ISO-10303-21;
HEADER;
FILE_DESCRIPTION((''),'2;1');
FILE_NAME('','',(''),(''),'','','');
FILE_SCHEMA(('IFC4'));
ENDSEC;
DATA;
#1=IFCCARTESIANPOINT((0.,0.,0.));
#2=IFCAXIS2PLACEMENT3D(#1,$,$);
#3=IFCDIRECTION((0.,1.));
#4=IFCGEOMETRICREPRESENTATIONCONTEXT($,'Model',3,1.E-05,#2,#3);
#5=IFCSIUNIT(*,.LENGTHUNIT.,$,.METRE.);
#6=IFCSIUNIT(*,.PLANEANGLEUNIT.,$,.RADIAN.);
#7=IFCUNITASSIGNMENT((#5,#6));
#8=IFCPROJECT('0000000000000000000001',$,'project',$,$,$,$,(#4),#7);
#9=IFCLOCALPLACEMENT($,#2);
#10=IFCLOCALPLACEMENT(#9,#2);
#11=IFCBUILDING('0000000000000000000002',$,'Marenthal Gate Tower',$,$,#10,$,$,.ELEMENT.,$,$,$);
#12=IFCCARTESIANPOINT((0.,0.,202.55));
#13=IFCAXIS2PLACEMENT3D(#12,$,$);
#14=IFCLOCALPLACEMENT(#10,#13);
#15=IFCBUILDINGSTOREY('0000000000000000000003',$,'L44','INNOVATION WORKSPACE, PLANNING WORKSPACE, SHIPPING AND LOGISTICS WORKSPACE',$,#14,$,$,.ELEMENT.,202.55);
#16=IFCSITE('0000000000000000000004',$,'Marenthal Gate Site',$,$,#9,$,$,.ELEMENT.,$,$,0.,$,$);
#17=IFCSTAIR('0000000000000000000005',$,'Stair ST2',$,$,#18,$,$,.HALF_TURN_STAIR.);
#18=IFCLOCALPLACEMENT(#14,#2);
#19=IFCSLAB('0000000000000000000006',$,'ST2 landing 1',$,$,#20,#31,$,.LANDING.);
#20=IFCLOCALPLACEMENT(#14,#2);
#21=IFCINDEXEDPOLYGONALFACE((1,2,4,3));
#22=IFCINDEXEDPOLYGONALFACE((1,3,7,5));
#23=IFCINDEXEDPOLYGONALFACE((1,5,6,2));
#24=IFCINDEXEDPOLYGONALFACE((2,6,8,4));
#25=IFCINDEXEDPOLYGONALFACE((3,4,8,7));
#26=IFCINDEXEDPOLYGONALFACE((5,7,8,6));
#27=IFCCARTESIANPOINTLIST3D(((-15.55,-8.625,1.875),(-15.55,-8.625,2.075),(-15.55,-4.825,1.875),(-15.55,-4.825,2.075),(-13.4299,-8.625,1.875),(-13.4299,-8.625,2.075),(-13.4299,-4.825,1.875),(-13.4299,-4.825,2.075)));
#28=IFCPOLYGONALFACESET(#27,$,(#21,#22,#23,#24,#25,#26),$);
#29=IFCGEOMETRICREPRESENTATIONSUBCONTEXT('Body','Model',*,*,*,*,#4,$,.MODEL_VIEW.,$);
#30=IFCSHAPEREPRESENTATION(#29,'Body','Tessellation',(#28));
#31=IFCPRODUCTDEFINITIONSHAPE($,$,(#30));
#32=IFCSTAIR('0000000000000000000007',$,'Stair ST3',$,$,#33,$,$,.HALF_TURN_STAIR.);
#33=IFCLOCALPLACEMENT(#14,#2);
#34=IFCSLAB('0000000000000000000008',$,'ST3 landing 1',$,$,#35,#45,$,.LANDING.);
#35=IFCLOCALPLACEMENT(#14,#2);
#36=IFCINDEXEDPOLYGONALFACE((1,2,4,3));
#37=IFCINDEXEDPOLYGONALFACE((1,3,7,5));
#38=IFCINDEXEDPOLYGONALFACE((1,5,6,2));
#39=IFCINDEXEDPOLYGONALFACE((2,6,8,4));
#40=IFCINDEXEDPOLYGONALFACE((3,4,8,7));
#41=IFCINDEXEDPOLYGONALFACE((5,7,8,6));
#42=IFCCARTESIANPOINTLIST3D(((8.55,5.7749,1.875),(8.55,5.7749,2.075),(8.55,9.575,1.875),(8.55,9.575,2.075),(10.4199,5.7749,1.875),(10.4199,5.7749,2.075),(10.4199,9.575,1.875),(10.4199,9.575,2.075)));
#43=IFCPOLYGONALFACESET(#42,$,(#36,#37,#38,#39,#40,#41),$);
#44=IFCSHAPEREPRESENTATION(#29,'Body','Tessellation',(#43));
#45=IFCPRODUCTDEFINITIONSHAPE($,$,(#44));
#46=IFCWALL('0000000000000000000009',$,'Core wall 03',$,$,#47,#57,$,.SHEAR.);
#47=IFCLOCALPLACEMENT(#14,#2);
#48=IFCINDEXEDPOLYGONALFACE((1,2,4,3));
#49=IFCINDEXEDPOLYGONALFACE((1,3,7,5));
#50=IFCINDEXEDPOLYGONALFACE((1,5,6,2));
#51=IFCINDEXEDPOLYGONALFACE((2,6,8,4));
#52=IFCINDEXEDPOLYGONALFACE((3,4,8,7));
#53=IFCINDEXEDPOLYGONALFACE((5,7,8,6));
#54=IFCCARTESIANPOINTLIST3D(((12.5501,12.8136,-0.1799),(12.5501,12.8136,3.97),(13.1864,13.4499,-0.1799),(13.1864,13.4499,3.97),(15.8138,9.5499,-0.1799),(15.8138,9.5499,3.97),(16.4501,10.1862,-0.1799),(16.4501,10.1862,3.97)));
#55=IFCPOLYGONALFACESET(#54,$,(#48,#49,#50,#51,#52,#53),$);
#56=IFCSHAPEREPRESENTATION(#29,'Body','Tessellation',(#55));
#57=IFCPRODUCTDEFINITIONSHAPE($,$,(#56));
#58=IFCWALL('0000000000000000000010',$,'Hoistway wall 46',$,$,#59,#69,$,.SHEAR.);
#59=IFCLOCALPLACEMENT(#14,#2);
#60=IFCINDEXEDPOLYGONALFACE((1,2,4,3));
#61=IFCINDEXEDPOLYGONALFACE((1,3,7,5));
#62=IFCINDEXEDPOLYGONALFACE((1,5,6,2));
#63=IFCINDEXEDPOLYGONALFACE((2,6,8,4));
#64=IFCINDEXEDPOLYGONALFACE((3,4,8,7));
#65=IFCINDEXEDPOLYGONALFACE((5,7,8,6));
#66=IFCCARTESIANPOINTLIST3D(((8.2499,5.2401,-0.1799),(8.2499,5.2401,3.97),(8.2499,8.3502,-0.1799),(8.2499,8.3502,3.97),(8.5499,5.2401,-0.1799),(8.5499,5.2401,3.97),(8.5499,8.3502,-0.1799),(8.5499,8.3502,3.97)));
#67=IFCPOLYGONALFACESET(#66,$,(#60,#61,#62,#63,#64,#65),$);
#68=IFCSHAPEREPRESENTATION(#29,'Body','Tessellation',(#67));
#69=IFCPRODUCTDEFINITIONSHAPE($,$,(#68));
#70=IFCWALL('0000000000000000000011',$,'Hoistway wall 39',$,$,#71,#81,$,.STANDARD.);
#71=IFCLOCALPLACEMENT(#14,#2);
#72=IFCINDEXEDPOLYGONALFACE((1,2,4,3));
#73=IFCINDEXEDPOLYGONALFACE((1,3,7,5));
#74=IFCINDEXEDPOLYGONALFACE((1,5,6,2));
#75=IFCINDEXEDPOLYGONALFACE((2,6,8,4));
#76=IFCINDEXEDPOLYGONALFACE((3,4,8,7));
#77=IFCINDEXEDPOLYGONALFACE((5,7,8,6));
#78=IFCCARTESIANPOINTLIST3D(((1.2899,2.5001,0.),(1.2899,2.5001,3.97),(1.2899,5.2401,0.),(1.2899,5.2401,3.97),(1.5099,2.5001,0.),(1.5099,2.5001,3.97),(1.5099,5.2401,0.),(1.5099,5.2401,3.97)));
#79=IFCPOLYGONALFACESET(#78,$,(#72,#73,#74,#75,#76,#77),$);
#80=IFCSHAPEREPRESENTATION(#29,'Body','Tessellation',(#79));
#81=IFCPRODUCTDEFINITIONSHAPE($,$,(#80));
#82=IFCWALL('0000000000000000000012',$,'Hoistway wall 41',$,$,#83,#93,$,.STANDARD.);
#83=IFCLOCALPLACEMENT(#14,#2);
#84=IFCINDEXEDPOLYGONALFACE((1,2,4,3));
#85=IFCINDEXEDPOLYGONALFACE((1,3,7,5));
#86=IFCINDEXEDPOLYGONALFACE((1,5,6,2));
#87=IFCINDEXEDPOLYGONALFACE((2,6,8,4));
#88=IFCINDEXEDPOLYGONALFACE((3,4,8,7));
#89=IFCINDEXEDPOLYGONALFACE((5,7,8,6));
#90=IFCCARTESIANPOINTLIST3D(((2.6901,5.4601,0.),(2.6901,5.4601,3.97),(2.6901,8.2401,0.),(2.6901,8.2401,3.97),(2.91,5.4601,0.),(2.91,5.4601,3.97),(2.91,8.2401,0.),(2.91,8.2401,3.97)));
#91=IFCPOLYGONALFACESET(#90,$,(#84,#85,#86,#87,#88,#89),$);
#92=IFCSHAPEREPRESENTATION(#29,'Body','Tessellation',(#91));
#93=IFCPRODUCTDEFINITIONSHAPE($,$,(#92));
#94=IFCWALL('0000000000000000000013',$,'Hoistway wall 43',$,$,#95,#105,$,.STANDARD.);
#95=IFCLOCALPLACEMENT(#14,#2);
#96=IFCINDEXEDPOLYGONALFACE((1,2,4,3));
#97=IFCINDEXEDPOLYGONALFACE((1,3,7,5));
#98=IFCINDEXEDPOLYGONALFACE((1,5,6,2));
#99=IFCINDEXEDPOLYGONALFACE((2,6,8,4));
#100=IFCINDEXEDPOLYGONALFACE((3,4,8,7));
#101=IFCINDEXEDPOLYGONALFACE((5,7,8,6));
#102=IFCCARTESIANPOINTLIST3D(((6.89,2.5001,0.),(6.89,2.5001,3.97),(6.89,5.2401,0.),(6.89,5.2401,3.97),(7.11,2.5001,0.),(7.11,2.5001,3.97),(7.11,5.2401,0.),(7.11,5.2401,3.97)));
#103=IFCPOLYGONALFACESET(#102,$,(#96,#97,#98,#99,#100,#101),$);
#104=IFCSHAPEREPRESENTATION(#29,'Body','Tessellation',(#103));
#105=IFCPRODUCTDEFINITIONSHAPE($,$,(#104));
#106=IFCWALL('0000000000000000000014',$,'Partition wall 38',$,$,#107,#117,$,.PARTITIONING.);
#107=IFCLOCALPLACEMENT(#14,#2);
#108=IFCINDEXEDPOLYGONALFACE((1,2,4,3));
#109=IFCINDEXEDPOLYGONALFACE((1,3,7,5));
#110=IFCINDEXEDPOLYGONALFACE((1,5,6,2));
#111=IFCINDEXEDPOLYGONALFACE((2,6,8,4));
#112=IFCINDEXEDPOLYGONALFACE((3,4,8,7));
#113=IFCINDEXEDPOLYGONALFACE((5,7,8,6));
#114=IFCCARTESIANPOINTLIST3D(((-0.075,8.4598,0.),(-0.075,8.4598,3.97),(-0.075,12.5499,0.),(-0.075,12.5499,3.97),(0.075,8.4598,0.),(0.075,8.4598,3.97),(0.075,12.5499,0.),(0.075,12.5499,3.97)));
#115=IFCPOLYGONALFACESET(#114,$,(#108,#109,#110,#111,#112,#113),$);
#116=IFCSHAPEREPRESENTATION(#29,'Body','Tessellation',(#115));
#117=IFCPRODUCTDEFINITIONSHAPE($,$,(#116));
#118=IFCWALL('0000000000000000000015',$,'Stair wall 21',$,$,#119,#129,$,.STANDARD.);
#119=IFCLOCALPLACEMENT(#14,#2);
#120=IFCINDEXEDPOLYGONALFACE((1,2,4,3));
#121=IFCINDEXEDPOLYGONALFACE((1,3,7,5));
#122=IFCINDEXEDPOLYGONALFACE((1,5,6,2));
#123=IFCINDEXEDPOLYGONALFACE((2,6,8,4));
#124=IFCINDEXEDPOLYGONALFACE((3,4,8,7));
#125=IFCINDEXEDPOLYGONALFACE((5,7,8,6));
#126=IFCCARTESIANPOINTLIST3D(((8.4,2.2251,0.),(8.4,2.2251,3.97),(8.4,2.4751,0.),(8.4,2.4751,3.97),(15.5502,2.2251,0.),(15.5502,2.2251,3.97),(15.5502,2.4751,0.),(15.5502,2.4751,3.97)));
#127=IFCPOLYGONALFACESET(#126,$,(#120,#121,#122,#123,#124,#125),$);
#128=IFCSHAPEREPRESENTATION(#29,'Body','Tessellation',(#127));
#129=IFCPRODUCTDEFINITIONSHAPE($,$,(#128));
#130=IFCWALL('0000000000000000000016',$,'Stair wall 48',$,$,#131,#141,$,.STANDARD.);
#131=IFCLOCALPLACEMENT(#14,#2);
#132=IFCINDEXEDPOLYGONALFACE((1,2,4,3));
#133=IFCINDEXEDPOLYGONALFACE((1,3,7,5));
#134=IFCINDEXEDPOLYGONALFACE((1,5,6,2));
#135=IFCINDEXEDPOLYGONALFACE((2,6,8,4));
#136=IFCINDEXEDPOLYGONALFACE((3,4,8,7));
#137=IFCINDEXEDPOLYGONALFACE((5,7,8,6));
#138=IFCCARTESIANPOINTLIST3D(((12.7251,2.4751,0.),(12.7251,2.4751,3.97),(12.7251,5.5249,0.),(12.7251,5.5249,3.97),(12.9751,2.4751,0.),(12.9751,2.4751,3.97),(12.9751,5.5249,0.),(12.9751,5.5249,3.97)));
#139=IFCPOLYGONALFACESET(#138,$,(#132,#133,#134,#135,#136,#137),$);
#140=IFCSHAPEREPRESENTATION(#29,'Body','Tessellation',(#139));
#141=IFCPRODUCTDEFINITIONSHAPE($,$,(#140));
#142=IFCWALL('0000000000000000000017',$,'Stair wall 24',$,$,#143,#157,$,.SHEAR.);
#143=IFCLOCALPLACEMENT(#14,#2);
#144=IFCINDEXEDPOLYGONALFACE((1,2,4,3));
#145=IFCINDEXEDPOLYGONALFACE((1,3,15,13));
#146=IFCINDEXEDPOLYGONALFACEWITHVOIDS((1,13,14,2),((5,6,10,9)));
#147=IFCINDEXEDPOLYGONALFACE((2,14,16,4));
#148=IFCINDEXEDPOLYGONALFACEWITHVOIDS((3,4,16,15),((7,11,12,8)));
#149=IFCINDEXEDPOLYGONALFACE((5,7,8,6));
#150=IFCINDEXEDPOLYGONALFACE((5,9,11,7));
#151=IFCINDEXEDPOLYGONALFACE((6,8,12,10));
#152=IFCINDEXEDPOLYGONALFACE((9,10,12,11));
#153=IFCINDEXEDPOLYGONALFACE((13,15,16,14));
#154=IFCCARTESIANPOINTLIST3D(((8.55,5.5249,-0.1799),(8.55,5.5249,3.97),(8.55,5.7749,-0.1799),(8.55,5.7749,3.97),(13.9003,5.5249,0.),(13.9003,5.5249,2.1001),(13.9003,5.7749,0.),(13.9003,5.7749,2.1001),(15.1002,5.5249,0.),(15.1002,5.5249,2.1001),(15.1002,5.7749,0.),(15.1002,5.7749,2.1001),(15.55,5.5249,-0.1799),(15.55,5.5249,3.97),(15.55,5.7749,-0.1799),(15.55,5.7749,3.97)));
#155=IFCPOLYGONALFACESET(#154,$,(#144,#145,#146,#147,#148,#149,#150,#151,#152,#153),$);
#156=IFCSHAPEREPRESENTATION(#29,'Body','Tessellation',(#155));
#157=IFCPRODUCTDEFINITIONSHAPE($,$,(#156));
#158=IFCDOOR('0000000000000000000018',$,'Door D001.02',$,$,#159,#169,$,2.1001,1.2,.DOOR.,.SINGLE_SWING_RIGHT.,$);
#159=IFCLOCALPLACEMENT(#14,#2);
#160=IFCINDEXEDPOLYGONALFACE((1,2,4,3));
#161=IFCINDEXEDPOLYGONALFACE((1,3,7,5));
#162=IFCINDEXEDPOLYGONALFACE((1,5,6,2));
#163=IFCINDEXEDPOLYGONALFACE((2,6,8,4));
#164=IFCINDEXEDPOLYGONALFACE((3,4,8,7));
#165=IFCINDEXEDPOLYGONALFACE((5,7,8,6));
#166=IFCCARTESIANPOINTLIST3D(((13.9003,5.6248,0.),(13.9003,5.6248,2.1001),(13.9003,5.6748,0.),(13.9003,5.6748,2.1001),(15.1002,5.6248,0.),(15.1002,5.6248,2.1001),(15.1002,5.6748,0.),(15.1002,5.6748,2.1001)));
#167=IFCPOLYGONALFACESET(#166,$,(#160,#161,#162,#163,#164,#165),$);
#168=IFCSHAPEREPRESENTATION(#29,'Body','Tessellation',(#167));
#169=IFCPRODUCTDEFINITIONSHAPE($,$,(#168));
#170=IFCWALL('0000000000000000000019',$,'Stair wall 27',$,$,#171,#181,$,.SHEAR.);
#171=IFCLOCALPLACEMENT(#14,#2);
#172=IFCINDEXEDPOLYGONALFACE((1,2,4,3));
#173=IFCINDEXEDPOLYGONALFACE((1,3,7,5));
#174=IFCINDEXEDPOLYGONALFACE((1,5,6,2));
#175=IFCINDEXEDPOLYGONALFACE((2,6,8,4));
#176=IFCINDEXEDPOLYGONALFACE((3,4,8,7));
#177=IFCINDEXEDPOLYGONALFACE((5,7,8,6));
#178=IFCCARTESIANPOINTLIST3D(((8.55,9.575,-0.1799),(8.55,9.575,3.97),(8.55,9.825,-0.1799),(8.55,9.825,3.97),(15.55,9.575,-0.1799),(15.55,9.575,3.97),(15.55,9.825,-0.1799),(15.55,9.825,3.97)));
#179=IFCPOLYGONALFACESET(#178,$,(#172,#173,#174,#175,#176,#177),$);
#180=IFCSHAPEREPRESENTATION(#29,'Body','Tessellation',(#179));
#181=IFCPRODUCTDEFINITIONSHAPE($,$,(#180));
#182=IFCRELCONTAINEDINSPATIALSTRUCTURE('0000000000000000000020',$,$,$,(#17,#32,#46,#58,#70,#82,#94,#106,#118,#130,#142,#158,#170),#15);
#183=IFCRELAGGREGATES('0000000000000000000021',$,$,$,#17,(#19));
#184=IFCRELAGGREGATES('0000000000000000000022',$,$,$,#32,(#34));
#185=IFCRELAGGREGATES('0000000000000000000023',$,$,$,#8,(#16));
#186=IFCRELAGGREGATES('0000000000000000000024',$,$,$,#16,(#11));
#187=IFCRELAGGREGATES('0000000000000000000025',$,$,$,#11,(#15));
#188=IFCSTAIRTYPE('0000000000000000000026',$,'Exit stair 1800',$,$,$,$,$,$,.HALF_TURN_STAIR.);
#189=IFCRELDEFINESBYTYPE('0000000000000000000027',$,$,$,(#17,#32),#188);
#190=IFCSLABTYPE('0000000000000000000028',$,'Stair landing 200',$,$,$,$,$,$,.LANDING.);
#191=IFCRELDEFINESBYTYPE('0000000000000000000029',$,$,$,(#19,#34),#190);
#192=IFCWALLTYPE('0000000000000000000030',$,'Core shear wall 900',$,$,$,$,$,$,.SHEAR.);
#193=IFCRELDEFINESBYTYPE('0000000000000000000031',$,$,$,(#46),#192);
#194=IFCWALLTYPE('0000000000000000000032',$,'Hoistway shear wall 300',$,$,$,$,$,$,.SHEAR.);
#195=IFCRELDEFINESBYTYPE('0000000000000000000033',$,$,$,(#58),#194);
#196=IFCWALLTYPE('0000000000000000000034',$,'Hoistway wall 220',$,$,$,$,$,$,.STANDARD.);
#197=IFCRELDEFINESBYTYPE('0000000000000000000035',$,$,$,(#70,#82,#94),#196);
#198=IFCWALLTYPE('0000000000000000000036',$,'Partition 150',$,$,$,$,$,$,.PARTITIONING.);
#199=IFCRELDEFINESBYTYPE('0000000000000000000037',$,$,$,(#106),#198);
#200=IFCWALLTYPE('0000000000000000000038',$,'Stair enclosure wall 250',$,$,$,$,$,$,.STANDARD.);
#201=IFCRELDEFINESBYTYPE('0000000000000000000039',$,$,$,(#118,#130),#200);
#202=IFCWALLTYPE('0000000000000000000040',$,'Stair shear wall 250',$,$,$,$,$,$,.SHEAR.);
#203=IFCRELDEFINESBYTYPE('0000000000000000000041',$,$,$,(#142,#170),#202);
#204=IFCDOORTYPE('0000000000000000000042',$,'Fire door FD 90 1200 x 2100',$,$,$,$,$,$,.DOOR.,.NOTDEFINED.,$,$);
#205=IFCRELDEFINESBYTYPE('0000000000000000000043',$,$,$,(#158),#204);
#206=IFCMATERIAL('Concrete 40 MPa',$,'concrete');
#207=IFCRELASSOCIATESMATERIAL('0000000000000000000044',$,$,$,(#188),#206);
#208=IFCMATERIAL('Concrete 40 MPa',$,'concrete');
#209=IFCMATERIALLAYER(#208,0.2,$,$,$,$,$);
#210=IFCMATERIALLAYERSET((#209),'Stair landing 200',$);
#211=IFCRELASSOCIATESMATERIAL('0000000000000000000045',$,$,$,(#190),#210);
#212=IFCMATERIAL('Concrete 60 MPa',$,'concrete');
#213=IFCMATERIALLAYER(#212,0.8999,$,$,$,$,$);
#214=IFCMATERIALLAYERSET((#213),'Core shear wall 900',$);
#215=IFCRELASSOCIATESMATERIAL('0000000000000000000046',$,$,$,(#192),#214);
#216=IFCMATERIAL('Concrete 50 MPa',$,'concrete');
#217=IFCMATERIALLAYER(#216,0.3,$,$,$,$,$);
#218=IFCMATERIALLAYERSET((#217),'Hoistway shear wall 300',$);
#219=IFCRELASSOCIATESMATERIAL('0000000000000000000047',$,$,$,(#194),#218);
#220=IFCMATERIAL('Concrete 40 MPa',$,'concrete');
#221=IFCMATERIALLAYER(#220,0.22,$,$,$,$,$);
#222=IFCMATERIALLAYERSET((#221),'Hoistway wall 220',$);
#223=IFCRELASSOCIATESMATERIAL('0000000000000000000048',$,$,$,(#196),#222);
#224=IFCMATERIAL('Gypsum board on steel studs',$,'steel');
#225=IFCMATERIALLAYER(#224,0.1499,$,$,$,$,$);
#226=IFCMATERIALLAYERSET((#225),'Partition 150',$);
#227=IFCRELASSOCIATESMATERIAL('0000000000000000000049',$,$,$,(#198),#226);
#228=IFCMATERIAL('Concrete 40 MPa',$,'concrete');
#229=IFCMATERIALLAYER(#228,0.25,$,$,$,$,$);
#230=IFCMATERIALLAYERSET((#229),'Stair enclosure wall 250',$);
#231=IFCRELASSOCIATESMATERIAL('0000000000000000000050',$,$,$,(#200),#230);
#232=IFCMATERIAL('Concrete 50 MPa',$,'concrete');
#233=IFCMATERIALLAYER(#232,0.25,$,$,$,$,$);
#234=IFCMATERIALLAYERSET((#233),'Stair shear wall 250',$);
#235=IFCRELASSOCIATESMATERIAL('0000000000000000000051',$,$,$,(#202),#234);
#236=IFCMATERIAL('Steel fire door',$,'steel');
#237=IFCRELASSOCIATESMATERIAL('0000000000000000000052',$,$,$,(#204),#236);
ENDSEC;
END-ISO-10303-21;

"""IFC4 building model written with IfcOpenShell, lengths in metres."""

from ifc_helpers import new_model, si_unit, direction, frame, frame_2d, origin, place, context, subcontext, project, spatial, polyline, rectangle, outline, extrude, material, layer, layer_set, type_object, element, fill, aggregate, save


model = new_model("IFC4")

# Units and contexts
model_context = context("Model", 3, precision=1e-05, world=origin(), true_north=direction((0.0, 1.0)))
body_context = subcontext(model_context, "Body", "Model", "MODEL_VIEW")
ifc_project = project(units=[si_unit("LENGTHUNIT", "METRE"), si_unit("PLANEANGLEUNIT", "RADIAN")], contexts=[model_context])

# Site, building, storey
site_placement = place(None, origin())
site = spatial("IfcSite", under=ifc_project, at=site_placement, Name="Marenthal Gate Site", CompositionType="ELEMENT", RefElevation=0.0)
building_placement = place(site_placement, origin())
building = spatial("IfcBuilding", under=site, at=building_placement, Name="Marenthal Gate Tower", CompositionType="ELEMENT")
storey_placement = place(building_placement, frame((0.0, 0.0, 202.55)))
storey = spatial("IfcBuildingStorey", under=building, at=storey_placement, Name="L44", Description="INNOVATION WORKSPACE, PLANNING WORKSPACE, SHIPPING AND LOGISTICS WORKSPACE", CompositionType="ELEMENT", Elevation=202.55)

# Stairs, slabs
ifc_material_1 = material(Name="Concrete 40 MPa", Category="concrete")
stair_type = type_object("IfcStairType", Name="Exit stair 1800", PredefinedType="HALF_TURN_STAIR", material=ifc_material_1)
stair_1_placement = place(storey_placement, origin())
stair_1 = element("IfcStair", 1, at=stair_1_placement, inside=storey, type_object=stair_type, Name="Stair ST2", PredefinedType="HALF_TURN_STAIR")
ifc_material_2 = material(Name="Concrete 40 MPa", Category="concrete")
ifc_layer_1 = layer(ifc_material_2, 0.2)
ifc_layer_set_1 = layer_set([ifc_layer_1], Name="Stair landing 200")
slab_type = type_object("IfcSlabType", Name="Stair landing 200", PredefinedType="LANDING", material=ifc_layer_set_1)
slab_1_placement = place(storey_placement, frame((0.0, 0.0, 1.875)))
slab_1 = element("IfcSlab", 2, at=slab_1_placement, type_object=slab_type, Name="ST2 landing 1", PredefinedType="LANDING", context=body_context, shape_type="SweptSolid", body=[
    extrude(outline(polyline([(-15.55, -8.625), (-13.4299, -8.625), (-13.4299, -4.825), (-15.55, -4.825), (-15.55, -8.625)])), origin(), (0.0, 0.0, 1.0), 0.2),
])
aggregate(stair_1, [slab_1])
stair_2_placement = place(storey_placement, origin())
stair_2 = element("IfcStair", 3, at=stair_2_placement, inside=storey, type_object=stair_type, Name="Stair ST3", PredefinedType="HALF_TURN_STAIR")
slab_2_placement = place(storey_placement, frame((0.0, 0.0, 1.875)))
slab_2 = element("IfcSlab", 4, at=slab_2_placement, type_object=slab_type, Name="ST3 landing 1", PredefinedType="LANDING", context=body_context, shape_type="SweptSolid", body=[
    extrude(outline(polyline([(8.55, 5.7749), (10.4199, 5.7749), (10.4199, 9.575), (8.55, 9.575), (8.55, 5.7749)])), origin(), (0.0, 0.0, 1.0), 0.2),
])

# Walls
ifc_material_3 = material(Name="Concrete 60 MPa", Category="concrete")
ifc_layer_2 = layer(ifc_material_3, 0.8999)
ifc_layer_set_2 = layer_set([ifc_layer_2], Name="Core shear wall 900")
wall_type_1 = type_object("IfcWallType", Name="Core shear wall 900", PredefinedType="SHEAR", material=ifc_layer_set_2)
wall_1_placement = place(storey_placement, frame((16.1318, 9.8682, -0.1799), z_axis=(0.0, 0.0, 1.0), x_axis=(-0.707107, 0.707107, 0.0)))
element("IfcWall", 5, at=wall_1_placement, inside=storey, type_object=wall_type_1, Name="Core wall 03", PredefinedType="SHEAR", context=body_context, shape_type="SweptSolid", body=[
    extrude(rectangle(XDim=4.6155, YDim=0.8999, at=frame_2d((2.3076, 0.0))), origin(), (0.0, 0.0, 1.0), 4.1499),
])
ifc_material_4 = material(Name="Concrete 50 MPa", Category="concrete")
ifc_layer_3 = layer(ifc_material_4, 0.3)
ifc_layer_set_3 = layer_set([ifc_layer_3], Name="Hoistway shear wall 300")
wall_type_2 = type_object("IfcWallType", Name="Hoistway shear wall 300", PredefinedType="SHEAR", material=ifc_layer_set_3)
wall_2_placement = place(storey_placement, frame((8.3999, 5.24, -0.1799), z_axis=(0.0, 0.0, 1.0), x_axis=(0.0, 1.0, 0.0)))
element("IfcWall", 6, at=wall_2_placement, inside=storey, type_object=wall_type_2, Name="Hoistway wall 46", PredefinedType="SHEAR", context=body_context, shape_type="SweptSolid", body=[
    extrude(rectangle(XDim=3.1101, YDim=0.3, at=frame_2d((1.5552, 0.0))), origin(), (0.0, 0.0, 1.0), 4.1499),
])
ifc_material_5 = material(Name="Concrete 40 MPa", Category="concrete")
ifc_layer_4 = layer(ifc_material_5, 0.22)
ifc_layer_set_4 = layer_set([ifc_layer_4], Name="Hoistway wall 220")
wall_type_3 = type_object("IfcWallType", Name="Hoistway wall 220", PredefinedType="STANDARD", material=ifc_layer_set_4)
wall_3_placement = place(storey_placement, frame((1.3999, 2.5, 0.0), z_axis=(0.0, 0.0, 1.0), x_axis=(0.0, 1.0, 0.0)))
element("IfcWall", 7, at=wall_3_placement, inside=storey, type_object=wall_type_3, Name="Hoistway wall 39", PredefinedType="STANDARD", context=body_context, shape_type="SweptSolid", body=[
    extrude(rectangle(XDim=2.74, YDim=0.22, at=frame_2d((1.3701, 0.0))), origin(), (0.0, 0.0, 1.0), 3.97),
])
wall_4_placement = place(storey_placement, frame((2.8, 5.46, 0.0), z_axis=(0.0, 0.0, 1.0), x_axis=(0.0, 1.0, 0.0)))
element("IfcWall", 8, at=wall_4_placement, inside=storey, type_object=wall_type_3, Name="Hoistway wall 41", PredefinedType="STANDARD", context=body_context, shape_type="SweptSolid", body=[
    extrude(rectangle(XDim=2.78, YDim=0.22, at=frame_2d((1.3901, 0.0))), origin(), (0.0, 0.0, 1.0), 3.97),
])
wall_5_placement = place(storey_placement, frame((7.0, 2.5, 0.0), z_axis=(0.0, 0.0, 1.0), x_axis=(0.0, 1.0, 0.0)))
element("IfcWall", 9, at=wall_5_placement, inside=storey, type_object=wall_type_3, Name="Hoistway wall 43", PredefinedType="STANDARD", context=body_context, shape_type="SweptSolid", body=[
    extrude(rectangle(XDim=2.74, YDim=0.22, at=frame_2d((1.3701, 0.0))), origin(), (0.0, 0.0, 1.0), 3.97),
])
ifc_material_6 = material(Name="Gypsum board on steel studs", Category="steel")
ifc_layer_5 = layer(ifc_material_6, 0.1499)
ifc_layer_set_5 = layer_set([ifc_layer_5], Name="Partition 150")
wall_type_4 = type_object("IfcWallType", Name="Partition 150", PredefinedType="PARTITIONING", material=ifc_layer_set_5)
wall_6_placement = place(storey_placement, frame((0.0, 8.46, 0.0), z_axis=(0.0, 0.0, 1.0), x_axis=(0.0, 1.0, 0.0)))
element("IfcWall", 10, at=wall_6_placement, inside=storey, type_object=wall_type_4, Name="Partition wall 38", PredefinedType="PARTITIONING", context=body_context, shape_type="SweptSolid", body=[
    extrude(rectangle(XDim=4.0901, YDim=0.1499, at=frame_2d((2.0449, 0.0))), origin(), (0.0, 0.0, 1.0), 3.97),
])
ifc_material_7 = material(Name="Concrete 40 MPa", Category="concrete")
ifc_layer_6 = layer(ifc_material_7, 0.25)
ifc_layer_set_6 = layer_set([ifc_layer_6], Name="Stair enclosure wall 250")
wall_type_5 = type_object("IfcWallType", Name="Stair enclosure wall 250", PredefinedType="STANDARD", material=ifc_layer_set_6)
wall_7_placement = place(storey_placement, frame((8.3999, 2.3501, 0.0), z_axis=(0.0, 0.0, 1.0), x_axis=(1.0, 0.0, 0.0)))
element("IfcWall", 11, at=wall_7_placement, inside=storey, type_object=wall_type_5, Name="Stair wall 21", PredefinedType="STANDARD", context=body_context, shape_type="SweptSolid", body=[
    extrude(rectangle(XDim=7.1501, YDim=0.25, at=frame_2d((3.5752, 0.0))), origin(), (0.0, 0.0, 1.0), 3.97),
])
wall_8_placement = place(storey_placement, frame((12.8501, 2.4751, 0.0), z_axis=(0.0, 0.0, 1.0), x_axis=(0.0, 1.0, 0.0)))
element("IfcWall", 12, at=wall_8_placement, inside=storey, type_object=wall_type_5, Name="Stair wall 48", PredefinedType="STANDARD", context=body_context, shape_type="SweptSolid", body=[
    extrude(rectangle(XDim=3.0498, YDim=0.25, at=frame_2d((1.5249, 0.0))), origin(), (0.0, 0.0, 1.0), 3.97),
])

# Wall, opening, door
ifc_material_8 = material(Name="Concrete 50 MPa", Category="concrete")
ifc_layer_7 = layer(ifc_material_8, 0.25)
ifc_layer_set_7 = layer_set([ifc_layer_7], Name="Stair shear wall 250")
wall_type_6 = type_object("IfcWallType", Name="Stair shear wall 250", PredefinedType="SHEAR", material=ifc_layer_set_7)
wall_9_placement = place(storey_placement, frame((8.55, 5.6499, -0.1799), z_axis=(0.0, 0.0, 1.0), x_axis=(1.0, 0.0, 0.0)))
wall_9 = element("IfcWall", 13, at=wall_9_placement, inside=storey, type_object=wall_type_6, Name="Stair wall 24", PredefinedType="SHEAR", context=body_context, shape_type="SweptSolid", body=[
    extrude(rectangle(XDim=7.0, YDim=0.25, at=frame_2d((3.5, 0.0))), origin(), (0.0, 0.0, 1.0), 4.1499),
])
opening_placement = place(wall_9_placement, frame((5.3501, 0.0, 0.1799)))
opening = element("IfcOpeningElement", 14, at=opening_placement, cuts=wall_9, PredefinedType="OPENING", context=body_context, shape_type="SweptSolid", body=[
    extrude(rectangle(XDim=1.2, YDim=2.1001, at=frame_2d((0.6001, 1.05))), frame((0.0, 0.135, 0.0), z_axis=(0.0, -1.0, 0.0), x_axis=(1.0, 0.0, 0.0)), (0.0, 0.0, 1.0), 0.27),
])
ifc_material_9 = material(Name="Steel fire door", Category="steel")
door_type = type_object("IfcDoorType", Name="Fire door FD 90 1200 x 2100", OperationType="NOTDEFINED", PredefinedType="DOOR", material=ifc_material_9)
door_placement = place(opening_placement, origin())
door = element("IfcDoor", 15, at=door_placement, inside=storey, type_object=door_type, Name="Door D001.02", OperationType="SINGLE_SWING_RIGHT", OverallHeight=2.1001, OverallWidth=1.2, PredefinedType="DOOR", context=body_context, shape_type="SweptSolid", body=[
    extrude(rectangle(XDim=1.2, YDim=2.1001, at=frame_2d((0.6001, 1.05))), frame((0.0, 0.0249, 0.0), z_axis=(0.0, -1.0, 0.0), x_axis=(1.0, 0.0, 0.0)), (0.0, 0.0, 1.0), 0.05),
])
fill(opening, door)

# Wall
wall_10_placement = place(storey_placement, frame((8.55, 9.7, -0.1799), z_axis=(0.0, 0.0, 1.0), x_axis=(1.0, 0.0, 0.0)))
element("IfcWall", 16, at=wall_10_placement, inside=storey, type_object=wall_type_6, Name="Stair wall 27", PredefinedType="SHEAR", context=body_context, shape_type="SweptSolid", body=[
    extrude(rectangle(XDim=7.0, YDim=0.25, at=frame_2d((3.5, 0.0))), origin(), (0.0, 0.0, 1.0), 4.1499),
])

aggregate(stair_2, [slab_2])

save(model, "model.ifc")
